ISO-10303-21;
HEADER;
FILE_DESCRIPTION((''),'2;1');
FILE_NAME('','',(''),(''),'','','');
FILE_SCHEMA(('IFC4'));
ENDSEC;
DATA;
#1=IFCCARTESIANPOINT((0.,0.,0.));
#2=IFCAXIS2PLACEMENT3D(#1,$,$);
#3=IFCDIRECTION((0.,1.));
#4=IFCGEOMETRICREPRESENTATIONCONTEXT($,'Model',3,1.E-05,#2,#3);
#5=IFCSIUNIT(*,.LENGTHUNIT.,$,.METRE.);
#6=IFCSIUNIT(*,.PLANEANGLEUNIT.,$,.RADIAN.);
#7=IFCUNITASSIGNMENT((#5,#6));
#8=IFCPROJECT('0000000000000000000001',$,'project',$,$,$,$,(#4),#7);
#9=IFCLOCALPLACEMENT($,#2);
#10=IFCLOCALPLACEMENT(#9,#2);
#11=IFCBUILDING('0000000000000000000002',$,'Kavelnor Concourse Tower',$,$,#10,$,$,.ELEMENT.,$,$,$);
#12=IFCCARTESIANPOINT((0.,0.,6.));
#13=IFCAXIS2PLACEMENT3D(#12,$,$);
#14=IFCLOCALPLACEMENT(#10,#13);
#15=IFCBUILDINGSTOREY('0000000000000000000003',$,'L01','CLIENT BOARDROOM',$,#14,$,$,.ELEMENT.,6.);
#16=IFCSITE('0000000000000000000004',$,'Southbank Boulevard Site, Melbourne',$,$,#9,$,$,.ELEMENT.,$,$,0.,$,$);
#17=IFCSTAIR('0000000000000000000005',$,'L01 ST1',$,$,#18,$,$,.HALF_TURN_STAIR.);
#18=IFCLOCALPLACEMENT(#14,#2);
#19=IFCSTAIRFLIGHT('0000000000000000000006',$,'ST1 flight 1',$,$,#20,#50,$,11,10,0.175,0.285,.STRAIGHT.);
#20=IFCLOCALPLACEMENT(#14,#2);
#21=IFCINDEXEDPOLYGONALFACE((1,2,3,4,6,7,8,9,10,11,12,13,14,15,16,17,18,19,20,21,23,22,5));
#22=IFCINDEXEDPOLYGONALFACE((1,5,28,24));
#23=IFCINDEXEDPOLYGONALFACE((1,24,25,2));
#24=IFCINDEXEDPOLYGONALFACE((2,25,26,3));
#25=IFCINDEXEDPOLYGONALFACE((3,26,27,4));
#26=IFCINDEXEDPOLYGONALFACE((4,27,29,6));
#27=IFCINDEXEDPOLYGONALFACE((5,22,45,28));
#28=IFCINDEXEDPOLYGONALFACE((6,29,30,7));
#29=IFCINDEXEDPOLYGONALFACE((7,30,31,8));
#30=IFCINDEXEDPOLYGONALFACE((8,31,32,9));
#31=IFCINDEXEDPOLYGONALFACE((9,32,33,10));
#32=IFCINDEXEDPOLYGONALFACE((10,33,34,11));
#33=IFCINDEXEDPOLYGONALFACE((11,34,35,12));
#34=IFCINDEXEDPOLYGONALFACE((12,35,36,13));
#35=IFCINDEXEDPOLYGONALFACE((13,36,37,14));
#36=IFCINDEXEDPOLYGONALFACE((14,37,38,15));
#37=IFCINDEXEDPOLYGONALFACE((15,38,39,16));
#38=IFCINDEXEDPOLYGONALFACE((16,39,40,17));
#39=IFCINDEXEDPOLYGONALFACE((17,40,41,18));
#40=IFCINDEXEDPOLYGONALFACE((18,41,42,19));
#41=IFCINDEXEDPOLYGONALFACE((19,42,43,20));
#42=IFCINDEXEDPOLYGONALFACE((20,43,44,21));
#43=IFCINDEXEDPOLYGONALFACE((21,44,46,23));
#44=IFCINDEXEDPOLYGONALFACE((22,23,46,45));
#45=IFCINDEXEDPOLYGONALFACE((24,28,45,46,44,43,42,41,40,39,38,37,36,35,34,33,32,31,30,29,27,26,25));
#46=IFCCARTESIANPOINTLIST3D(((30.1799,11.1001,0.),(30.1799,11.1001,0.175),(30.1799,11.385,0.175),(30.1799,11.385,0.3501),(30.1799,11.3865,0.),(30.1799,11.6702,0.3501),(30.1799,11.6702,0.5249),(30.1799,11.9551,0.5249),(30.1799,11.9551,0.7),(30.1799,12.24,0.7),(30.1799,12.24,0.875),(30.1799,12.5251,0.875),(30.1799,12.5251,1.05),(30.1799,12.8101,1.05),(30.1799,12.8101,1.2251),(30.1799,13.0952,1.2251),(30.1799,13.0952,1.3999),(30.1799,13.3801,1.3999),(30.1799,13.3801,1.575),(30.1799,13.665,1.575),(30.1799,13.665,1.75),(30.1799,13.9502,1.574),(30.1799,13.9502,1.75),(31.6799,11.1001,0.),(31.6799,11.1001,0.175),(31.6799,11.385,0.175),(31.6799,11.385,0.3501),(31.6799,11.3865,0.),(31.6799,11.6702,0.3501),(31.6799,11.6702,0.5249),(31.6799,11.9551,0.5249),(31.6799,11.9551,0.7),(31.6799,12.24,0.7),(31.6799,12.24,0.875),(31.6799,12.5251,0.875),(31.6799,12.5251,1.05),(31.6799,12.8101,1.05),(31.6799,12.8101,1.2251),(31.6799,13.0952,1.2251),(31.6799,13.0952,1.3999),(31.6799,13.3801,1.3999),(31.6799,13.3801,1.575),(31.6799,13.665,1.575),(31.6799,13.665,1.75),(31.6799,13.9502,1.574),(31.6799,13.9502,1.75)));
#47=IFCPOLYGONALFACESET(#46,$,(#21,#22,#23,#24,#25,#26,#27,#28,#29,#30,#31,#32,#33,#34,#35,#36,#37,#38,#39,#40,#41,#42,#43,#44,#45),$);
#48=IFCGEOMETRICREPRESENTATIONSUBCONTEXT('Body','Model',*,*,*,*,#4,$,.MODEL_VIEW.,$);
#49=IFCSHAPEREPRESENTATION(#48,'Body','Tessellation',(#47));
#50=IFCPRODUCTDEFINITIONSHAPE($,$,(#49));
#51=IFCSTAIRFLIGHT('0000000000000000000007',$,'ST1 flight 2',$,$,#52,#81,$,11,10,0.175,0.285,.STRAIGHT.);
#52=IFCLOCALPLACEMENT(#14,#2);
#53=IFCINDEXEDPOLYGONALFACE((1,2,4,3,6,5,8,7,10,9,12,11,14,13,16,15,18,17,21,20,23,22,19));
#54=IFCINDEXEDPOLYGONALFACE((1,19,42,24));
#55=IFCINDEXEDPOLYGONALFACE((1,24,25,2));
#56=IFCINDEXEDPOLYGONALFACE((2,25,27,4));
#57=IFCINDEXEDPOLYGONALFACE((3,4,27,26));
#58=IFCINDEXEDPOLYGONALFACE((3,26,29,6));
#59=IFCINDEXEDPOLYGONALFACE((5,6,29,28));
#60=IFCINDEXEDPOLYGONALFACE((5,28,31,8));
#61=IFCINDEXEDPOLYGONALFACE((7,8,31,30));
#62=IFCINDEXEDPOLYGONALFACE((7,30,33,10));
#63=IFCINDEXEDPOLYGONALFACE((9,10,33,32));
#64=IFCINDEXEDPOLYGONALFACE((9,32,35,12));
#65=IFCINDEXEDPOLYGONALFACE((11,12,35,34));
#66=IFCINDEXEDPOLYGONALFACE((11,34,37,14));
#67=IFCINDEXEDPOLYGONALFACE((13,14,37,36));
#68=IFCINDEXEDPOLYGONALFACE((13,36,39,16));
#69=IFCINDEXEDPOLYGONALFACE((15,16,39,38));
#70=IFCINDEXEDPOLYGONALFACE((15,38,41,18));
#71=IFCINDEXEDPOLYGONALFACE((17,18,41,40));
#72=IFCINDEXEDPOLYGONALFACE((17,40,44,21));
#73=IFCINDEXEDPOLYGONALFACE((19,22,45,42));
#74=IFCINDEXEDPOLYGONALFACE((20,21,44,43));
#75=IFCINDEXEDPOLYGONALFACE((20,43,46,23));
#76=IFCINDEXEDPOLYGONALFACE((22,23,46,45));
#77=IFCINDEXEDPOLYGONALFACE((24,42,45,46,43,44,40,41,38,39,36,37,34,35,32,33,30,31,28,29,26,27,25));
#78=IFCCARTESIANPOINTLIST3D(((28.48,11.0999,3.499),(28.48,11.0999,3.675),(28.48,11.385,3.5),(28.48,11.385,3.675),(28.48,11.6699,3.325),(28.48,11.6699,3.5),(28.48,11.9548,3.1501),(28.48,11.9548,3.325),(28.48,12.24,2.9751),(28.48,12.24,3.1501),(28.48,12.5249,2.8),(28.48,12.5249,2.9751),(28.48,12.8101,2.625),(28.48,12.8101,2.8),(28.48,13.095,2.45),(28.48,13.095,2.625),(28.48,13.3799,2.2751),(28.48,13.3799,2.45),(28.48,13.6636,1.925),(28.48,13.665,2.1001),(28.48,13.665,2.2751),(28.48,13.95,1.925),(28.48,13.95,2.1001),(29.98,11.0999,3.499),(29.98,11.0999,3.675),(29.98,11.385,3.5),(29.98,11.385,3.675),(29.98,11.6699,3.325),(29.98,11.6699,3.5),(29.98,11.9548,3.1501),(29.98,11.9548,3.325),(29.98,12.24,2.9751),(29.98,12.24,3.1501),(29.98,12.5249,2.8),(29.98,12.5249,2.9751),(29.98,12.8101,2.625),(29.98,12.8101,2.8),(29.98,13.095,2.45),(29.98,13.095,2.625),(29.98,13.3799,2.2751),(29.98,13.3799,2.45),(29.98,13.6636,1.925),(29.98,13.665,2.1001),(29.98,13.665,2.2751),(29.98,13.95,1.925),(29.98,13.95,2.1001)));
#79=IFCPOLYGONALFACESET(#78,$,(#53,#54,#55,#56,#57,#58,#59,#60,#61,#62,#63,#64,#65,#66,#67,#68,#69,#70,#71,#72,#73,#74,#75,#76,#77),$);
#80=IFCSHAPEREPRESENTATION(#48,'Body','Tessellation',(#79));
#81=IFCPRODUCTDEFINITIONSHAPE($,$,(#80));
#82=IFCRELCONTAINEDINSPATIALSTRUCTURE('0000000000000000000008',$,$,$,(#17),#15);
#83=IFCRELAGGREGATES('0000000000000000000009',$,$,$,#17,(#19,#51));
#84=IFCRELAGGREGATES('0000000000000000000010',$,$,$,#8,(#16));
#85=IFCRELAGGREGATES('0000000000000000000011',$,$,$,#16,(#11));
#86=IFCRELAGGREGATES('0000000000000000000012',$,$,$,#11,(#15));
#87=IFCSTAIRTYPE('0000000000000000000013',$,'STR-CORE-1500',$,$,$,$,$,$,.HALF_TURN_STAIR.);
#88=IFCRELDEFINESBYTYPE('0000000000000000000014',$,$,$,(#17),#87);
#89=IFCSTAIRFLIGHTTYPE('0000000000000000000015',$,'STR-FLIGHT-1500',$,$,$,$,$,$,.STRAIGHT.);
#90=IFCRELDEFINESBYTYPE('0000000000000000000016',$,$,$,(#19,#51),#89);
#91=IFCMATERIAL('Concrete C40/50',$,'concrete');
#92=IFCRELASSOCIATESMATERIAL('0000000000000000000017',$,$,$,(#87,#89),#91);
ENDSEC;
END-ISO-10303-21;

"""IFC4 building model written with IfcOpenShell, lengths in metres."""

from ifc_helpers import new_model, si_unit, direction, frame, origin, place, context, subcontext, project, spatial, polyline, outline, extrude, material, type_object, element, aggregate, save


model = new_model("IFC4")

# Units and contexts
model_context = context("Model", 3, precision=1e-05, world=origin(), true_north=direction((0.0, 1.0)))
body_context = subcontext(model_context, "Body", "Model", "MODEL_VIEW")
ifc_project = project(units=[si_unit("LENGTHUNIT", "METRE"), si_unit("PLANEANGLEUNIT", "RADIAN")], contexts=[model_context])

# Site, building, storey
site_placement = place(None, origin())
site = spatial("IfcSite", under=ifc_project, at=site_placement, Name="Southbank Boulevard Site, Melbourne", CompositionType="ELEMENT", RefElevation=0.0)
building_placement = place(site_placement, origin())
building = spatial("IfcBuilding", under=site, at=building_placement, Name="Kavelnor Concourse Tower", CompositionType="ELEMENT")
storey_placement = place(building_placement, frame((0.0, 0.0, 6.0)))
storey = spatial("IfcBuildingStorey", under=building, at=storey_placement, Name="L01", Description="CLIENT BOARDROOM", CompositionType="ELEMENT", Elevation=6.0)

# Stair, stair flights
ifc_material_1 = material(Name="Concrete C40/50", Category="concrete")
stair_type = type_object("IfcStairType", Name="STR-CORE-1500", PredefinedType="HALF_TURN_STAIR", material=ifc_material_1)
stair_placement = place(storey_placement, origin())
stair = element("IfcStair", 1, at=stair_placement, inside=storey, type_object=stair_type, Name="L01 ST1", PredefinedType="HALF_TURN_STAIR")
stair_flight_type = type_object("IfcStairFlightType", Name="STR-FLIGHT-1500", PredefinedType="STRAIGHT", material=ifc_material_1)
stair_flight_1_placement = place(storey_placement, frame((30.9299, 11.1001, 0.0), z_axis=(0.0, 0.0, 1.0), x_axis=(0.0, 1.0, 0.0)))
stair_flight_1 = element("IfcStairFlight", 2, at=stair_flight_1_placement, type_object=stair_flight_type, Name="ST1 flight 1", NumberOfRisers=11, NumberOfTreads=10, PredefinedType="STRAIGHT", RiserHeight=0.175, TreadLength=0.285, context=body_context, shape_type="SweptSolid", body=[
    extrude(outline(polyline([(0.0, 0.0), (0.0, 0.175), (0.2849, 0.175), (0.2849, 0.3501), (0.5701, 0.3501), (0.5701, 0.5249), (0.855, 0.5249), (0.855, 0.7), (1.1399, 0.7), (1.1399, 0.875), (1.425, 0.875), (1.425, 1.05), (1.71, 1.05), (1.71, 1.2251), (1.9951, 1.2251), (1.9951, 1.3999), (2.28, 1.3999), (2.28, 1.575), (2.5649, 1.575), (2.5649, 1.75), (2.8501, 1.75), (2.8501, 1.925), (2.8501, 1.574), (0.2864, 0.0), (0.0, 0.0)])), frame((0.0, 0.75, 0.0), z_axis=(0.0, -1.0, 0.0), x_axis=(1.0, 0.0, 0.0)), (0.0, 0.0, 1.0), 1.5),
])
stair_flight_2_placement = place(storey_placement, frame((29.23, 13.95, 1.925), z_axis=(0.0, 0.0, 1.0), x_axis=(0.0, -1.0, 0.0)))
stair_flight_2 = element("IfcStairFlight", 3, at=stair_flight_2_placement, type_object=stair_flight_type, Name="ST1 flight 2", NumberOfRisers=11, NumberOfTreads=10, PredefinedType="STRAIGHT", RiserHeight=0.175, TreadLength=0.285, context=body_context, shape_type="SweptSolid", body=[
    extrude(outline(polyline([(0.0, 0.0), (0.0, 0.175), (0.2849, 0.175), (0.2849, 0.3501), (0.5701, 0.3501), (0.5701, 0.5249), (0.855, 0.5249), (0.855, 0.7), (1.1399, 0.7), (1.1399, 0.875), (1.425, 0.875), (1.425, 1.05), (1.71, 1.05), (1.71, 1.2251), (1.9951, 1.2251), (1.9951, 1.3999), (2.28, 1.3999), (2.28, 1.575), (2.5649, 1.575), (2.5649, 1.75), (2.8501, 1.75), (2.8501, 1.925), (2.8501, 1.574), (0.2864, 0.0), (0.0, 0.0)])), frame((0.0, 0.75, 0.0), z_axis=(0.0, -1.0, 0.0), x_axis=(1.0, 0.0, 0.0)), (0.0, 0.0, 1.0), 1.5),
])
aggregate(stair, [stair_flight_1, stair_flight_2])

save(model, "model.ifc")
